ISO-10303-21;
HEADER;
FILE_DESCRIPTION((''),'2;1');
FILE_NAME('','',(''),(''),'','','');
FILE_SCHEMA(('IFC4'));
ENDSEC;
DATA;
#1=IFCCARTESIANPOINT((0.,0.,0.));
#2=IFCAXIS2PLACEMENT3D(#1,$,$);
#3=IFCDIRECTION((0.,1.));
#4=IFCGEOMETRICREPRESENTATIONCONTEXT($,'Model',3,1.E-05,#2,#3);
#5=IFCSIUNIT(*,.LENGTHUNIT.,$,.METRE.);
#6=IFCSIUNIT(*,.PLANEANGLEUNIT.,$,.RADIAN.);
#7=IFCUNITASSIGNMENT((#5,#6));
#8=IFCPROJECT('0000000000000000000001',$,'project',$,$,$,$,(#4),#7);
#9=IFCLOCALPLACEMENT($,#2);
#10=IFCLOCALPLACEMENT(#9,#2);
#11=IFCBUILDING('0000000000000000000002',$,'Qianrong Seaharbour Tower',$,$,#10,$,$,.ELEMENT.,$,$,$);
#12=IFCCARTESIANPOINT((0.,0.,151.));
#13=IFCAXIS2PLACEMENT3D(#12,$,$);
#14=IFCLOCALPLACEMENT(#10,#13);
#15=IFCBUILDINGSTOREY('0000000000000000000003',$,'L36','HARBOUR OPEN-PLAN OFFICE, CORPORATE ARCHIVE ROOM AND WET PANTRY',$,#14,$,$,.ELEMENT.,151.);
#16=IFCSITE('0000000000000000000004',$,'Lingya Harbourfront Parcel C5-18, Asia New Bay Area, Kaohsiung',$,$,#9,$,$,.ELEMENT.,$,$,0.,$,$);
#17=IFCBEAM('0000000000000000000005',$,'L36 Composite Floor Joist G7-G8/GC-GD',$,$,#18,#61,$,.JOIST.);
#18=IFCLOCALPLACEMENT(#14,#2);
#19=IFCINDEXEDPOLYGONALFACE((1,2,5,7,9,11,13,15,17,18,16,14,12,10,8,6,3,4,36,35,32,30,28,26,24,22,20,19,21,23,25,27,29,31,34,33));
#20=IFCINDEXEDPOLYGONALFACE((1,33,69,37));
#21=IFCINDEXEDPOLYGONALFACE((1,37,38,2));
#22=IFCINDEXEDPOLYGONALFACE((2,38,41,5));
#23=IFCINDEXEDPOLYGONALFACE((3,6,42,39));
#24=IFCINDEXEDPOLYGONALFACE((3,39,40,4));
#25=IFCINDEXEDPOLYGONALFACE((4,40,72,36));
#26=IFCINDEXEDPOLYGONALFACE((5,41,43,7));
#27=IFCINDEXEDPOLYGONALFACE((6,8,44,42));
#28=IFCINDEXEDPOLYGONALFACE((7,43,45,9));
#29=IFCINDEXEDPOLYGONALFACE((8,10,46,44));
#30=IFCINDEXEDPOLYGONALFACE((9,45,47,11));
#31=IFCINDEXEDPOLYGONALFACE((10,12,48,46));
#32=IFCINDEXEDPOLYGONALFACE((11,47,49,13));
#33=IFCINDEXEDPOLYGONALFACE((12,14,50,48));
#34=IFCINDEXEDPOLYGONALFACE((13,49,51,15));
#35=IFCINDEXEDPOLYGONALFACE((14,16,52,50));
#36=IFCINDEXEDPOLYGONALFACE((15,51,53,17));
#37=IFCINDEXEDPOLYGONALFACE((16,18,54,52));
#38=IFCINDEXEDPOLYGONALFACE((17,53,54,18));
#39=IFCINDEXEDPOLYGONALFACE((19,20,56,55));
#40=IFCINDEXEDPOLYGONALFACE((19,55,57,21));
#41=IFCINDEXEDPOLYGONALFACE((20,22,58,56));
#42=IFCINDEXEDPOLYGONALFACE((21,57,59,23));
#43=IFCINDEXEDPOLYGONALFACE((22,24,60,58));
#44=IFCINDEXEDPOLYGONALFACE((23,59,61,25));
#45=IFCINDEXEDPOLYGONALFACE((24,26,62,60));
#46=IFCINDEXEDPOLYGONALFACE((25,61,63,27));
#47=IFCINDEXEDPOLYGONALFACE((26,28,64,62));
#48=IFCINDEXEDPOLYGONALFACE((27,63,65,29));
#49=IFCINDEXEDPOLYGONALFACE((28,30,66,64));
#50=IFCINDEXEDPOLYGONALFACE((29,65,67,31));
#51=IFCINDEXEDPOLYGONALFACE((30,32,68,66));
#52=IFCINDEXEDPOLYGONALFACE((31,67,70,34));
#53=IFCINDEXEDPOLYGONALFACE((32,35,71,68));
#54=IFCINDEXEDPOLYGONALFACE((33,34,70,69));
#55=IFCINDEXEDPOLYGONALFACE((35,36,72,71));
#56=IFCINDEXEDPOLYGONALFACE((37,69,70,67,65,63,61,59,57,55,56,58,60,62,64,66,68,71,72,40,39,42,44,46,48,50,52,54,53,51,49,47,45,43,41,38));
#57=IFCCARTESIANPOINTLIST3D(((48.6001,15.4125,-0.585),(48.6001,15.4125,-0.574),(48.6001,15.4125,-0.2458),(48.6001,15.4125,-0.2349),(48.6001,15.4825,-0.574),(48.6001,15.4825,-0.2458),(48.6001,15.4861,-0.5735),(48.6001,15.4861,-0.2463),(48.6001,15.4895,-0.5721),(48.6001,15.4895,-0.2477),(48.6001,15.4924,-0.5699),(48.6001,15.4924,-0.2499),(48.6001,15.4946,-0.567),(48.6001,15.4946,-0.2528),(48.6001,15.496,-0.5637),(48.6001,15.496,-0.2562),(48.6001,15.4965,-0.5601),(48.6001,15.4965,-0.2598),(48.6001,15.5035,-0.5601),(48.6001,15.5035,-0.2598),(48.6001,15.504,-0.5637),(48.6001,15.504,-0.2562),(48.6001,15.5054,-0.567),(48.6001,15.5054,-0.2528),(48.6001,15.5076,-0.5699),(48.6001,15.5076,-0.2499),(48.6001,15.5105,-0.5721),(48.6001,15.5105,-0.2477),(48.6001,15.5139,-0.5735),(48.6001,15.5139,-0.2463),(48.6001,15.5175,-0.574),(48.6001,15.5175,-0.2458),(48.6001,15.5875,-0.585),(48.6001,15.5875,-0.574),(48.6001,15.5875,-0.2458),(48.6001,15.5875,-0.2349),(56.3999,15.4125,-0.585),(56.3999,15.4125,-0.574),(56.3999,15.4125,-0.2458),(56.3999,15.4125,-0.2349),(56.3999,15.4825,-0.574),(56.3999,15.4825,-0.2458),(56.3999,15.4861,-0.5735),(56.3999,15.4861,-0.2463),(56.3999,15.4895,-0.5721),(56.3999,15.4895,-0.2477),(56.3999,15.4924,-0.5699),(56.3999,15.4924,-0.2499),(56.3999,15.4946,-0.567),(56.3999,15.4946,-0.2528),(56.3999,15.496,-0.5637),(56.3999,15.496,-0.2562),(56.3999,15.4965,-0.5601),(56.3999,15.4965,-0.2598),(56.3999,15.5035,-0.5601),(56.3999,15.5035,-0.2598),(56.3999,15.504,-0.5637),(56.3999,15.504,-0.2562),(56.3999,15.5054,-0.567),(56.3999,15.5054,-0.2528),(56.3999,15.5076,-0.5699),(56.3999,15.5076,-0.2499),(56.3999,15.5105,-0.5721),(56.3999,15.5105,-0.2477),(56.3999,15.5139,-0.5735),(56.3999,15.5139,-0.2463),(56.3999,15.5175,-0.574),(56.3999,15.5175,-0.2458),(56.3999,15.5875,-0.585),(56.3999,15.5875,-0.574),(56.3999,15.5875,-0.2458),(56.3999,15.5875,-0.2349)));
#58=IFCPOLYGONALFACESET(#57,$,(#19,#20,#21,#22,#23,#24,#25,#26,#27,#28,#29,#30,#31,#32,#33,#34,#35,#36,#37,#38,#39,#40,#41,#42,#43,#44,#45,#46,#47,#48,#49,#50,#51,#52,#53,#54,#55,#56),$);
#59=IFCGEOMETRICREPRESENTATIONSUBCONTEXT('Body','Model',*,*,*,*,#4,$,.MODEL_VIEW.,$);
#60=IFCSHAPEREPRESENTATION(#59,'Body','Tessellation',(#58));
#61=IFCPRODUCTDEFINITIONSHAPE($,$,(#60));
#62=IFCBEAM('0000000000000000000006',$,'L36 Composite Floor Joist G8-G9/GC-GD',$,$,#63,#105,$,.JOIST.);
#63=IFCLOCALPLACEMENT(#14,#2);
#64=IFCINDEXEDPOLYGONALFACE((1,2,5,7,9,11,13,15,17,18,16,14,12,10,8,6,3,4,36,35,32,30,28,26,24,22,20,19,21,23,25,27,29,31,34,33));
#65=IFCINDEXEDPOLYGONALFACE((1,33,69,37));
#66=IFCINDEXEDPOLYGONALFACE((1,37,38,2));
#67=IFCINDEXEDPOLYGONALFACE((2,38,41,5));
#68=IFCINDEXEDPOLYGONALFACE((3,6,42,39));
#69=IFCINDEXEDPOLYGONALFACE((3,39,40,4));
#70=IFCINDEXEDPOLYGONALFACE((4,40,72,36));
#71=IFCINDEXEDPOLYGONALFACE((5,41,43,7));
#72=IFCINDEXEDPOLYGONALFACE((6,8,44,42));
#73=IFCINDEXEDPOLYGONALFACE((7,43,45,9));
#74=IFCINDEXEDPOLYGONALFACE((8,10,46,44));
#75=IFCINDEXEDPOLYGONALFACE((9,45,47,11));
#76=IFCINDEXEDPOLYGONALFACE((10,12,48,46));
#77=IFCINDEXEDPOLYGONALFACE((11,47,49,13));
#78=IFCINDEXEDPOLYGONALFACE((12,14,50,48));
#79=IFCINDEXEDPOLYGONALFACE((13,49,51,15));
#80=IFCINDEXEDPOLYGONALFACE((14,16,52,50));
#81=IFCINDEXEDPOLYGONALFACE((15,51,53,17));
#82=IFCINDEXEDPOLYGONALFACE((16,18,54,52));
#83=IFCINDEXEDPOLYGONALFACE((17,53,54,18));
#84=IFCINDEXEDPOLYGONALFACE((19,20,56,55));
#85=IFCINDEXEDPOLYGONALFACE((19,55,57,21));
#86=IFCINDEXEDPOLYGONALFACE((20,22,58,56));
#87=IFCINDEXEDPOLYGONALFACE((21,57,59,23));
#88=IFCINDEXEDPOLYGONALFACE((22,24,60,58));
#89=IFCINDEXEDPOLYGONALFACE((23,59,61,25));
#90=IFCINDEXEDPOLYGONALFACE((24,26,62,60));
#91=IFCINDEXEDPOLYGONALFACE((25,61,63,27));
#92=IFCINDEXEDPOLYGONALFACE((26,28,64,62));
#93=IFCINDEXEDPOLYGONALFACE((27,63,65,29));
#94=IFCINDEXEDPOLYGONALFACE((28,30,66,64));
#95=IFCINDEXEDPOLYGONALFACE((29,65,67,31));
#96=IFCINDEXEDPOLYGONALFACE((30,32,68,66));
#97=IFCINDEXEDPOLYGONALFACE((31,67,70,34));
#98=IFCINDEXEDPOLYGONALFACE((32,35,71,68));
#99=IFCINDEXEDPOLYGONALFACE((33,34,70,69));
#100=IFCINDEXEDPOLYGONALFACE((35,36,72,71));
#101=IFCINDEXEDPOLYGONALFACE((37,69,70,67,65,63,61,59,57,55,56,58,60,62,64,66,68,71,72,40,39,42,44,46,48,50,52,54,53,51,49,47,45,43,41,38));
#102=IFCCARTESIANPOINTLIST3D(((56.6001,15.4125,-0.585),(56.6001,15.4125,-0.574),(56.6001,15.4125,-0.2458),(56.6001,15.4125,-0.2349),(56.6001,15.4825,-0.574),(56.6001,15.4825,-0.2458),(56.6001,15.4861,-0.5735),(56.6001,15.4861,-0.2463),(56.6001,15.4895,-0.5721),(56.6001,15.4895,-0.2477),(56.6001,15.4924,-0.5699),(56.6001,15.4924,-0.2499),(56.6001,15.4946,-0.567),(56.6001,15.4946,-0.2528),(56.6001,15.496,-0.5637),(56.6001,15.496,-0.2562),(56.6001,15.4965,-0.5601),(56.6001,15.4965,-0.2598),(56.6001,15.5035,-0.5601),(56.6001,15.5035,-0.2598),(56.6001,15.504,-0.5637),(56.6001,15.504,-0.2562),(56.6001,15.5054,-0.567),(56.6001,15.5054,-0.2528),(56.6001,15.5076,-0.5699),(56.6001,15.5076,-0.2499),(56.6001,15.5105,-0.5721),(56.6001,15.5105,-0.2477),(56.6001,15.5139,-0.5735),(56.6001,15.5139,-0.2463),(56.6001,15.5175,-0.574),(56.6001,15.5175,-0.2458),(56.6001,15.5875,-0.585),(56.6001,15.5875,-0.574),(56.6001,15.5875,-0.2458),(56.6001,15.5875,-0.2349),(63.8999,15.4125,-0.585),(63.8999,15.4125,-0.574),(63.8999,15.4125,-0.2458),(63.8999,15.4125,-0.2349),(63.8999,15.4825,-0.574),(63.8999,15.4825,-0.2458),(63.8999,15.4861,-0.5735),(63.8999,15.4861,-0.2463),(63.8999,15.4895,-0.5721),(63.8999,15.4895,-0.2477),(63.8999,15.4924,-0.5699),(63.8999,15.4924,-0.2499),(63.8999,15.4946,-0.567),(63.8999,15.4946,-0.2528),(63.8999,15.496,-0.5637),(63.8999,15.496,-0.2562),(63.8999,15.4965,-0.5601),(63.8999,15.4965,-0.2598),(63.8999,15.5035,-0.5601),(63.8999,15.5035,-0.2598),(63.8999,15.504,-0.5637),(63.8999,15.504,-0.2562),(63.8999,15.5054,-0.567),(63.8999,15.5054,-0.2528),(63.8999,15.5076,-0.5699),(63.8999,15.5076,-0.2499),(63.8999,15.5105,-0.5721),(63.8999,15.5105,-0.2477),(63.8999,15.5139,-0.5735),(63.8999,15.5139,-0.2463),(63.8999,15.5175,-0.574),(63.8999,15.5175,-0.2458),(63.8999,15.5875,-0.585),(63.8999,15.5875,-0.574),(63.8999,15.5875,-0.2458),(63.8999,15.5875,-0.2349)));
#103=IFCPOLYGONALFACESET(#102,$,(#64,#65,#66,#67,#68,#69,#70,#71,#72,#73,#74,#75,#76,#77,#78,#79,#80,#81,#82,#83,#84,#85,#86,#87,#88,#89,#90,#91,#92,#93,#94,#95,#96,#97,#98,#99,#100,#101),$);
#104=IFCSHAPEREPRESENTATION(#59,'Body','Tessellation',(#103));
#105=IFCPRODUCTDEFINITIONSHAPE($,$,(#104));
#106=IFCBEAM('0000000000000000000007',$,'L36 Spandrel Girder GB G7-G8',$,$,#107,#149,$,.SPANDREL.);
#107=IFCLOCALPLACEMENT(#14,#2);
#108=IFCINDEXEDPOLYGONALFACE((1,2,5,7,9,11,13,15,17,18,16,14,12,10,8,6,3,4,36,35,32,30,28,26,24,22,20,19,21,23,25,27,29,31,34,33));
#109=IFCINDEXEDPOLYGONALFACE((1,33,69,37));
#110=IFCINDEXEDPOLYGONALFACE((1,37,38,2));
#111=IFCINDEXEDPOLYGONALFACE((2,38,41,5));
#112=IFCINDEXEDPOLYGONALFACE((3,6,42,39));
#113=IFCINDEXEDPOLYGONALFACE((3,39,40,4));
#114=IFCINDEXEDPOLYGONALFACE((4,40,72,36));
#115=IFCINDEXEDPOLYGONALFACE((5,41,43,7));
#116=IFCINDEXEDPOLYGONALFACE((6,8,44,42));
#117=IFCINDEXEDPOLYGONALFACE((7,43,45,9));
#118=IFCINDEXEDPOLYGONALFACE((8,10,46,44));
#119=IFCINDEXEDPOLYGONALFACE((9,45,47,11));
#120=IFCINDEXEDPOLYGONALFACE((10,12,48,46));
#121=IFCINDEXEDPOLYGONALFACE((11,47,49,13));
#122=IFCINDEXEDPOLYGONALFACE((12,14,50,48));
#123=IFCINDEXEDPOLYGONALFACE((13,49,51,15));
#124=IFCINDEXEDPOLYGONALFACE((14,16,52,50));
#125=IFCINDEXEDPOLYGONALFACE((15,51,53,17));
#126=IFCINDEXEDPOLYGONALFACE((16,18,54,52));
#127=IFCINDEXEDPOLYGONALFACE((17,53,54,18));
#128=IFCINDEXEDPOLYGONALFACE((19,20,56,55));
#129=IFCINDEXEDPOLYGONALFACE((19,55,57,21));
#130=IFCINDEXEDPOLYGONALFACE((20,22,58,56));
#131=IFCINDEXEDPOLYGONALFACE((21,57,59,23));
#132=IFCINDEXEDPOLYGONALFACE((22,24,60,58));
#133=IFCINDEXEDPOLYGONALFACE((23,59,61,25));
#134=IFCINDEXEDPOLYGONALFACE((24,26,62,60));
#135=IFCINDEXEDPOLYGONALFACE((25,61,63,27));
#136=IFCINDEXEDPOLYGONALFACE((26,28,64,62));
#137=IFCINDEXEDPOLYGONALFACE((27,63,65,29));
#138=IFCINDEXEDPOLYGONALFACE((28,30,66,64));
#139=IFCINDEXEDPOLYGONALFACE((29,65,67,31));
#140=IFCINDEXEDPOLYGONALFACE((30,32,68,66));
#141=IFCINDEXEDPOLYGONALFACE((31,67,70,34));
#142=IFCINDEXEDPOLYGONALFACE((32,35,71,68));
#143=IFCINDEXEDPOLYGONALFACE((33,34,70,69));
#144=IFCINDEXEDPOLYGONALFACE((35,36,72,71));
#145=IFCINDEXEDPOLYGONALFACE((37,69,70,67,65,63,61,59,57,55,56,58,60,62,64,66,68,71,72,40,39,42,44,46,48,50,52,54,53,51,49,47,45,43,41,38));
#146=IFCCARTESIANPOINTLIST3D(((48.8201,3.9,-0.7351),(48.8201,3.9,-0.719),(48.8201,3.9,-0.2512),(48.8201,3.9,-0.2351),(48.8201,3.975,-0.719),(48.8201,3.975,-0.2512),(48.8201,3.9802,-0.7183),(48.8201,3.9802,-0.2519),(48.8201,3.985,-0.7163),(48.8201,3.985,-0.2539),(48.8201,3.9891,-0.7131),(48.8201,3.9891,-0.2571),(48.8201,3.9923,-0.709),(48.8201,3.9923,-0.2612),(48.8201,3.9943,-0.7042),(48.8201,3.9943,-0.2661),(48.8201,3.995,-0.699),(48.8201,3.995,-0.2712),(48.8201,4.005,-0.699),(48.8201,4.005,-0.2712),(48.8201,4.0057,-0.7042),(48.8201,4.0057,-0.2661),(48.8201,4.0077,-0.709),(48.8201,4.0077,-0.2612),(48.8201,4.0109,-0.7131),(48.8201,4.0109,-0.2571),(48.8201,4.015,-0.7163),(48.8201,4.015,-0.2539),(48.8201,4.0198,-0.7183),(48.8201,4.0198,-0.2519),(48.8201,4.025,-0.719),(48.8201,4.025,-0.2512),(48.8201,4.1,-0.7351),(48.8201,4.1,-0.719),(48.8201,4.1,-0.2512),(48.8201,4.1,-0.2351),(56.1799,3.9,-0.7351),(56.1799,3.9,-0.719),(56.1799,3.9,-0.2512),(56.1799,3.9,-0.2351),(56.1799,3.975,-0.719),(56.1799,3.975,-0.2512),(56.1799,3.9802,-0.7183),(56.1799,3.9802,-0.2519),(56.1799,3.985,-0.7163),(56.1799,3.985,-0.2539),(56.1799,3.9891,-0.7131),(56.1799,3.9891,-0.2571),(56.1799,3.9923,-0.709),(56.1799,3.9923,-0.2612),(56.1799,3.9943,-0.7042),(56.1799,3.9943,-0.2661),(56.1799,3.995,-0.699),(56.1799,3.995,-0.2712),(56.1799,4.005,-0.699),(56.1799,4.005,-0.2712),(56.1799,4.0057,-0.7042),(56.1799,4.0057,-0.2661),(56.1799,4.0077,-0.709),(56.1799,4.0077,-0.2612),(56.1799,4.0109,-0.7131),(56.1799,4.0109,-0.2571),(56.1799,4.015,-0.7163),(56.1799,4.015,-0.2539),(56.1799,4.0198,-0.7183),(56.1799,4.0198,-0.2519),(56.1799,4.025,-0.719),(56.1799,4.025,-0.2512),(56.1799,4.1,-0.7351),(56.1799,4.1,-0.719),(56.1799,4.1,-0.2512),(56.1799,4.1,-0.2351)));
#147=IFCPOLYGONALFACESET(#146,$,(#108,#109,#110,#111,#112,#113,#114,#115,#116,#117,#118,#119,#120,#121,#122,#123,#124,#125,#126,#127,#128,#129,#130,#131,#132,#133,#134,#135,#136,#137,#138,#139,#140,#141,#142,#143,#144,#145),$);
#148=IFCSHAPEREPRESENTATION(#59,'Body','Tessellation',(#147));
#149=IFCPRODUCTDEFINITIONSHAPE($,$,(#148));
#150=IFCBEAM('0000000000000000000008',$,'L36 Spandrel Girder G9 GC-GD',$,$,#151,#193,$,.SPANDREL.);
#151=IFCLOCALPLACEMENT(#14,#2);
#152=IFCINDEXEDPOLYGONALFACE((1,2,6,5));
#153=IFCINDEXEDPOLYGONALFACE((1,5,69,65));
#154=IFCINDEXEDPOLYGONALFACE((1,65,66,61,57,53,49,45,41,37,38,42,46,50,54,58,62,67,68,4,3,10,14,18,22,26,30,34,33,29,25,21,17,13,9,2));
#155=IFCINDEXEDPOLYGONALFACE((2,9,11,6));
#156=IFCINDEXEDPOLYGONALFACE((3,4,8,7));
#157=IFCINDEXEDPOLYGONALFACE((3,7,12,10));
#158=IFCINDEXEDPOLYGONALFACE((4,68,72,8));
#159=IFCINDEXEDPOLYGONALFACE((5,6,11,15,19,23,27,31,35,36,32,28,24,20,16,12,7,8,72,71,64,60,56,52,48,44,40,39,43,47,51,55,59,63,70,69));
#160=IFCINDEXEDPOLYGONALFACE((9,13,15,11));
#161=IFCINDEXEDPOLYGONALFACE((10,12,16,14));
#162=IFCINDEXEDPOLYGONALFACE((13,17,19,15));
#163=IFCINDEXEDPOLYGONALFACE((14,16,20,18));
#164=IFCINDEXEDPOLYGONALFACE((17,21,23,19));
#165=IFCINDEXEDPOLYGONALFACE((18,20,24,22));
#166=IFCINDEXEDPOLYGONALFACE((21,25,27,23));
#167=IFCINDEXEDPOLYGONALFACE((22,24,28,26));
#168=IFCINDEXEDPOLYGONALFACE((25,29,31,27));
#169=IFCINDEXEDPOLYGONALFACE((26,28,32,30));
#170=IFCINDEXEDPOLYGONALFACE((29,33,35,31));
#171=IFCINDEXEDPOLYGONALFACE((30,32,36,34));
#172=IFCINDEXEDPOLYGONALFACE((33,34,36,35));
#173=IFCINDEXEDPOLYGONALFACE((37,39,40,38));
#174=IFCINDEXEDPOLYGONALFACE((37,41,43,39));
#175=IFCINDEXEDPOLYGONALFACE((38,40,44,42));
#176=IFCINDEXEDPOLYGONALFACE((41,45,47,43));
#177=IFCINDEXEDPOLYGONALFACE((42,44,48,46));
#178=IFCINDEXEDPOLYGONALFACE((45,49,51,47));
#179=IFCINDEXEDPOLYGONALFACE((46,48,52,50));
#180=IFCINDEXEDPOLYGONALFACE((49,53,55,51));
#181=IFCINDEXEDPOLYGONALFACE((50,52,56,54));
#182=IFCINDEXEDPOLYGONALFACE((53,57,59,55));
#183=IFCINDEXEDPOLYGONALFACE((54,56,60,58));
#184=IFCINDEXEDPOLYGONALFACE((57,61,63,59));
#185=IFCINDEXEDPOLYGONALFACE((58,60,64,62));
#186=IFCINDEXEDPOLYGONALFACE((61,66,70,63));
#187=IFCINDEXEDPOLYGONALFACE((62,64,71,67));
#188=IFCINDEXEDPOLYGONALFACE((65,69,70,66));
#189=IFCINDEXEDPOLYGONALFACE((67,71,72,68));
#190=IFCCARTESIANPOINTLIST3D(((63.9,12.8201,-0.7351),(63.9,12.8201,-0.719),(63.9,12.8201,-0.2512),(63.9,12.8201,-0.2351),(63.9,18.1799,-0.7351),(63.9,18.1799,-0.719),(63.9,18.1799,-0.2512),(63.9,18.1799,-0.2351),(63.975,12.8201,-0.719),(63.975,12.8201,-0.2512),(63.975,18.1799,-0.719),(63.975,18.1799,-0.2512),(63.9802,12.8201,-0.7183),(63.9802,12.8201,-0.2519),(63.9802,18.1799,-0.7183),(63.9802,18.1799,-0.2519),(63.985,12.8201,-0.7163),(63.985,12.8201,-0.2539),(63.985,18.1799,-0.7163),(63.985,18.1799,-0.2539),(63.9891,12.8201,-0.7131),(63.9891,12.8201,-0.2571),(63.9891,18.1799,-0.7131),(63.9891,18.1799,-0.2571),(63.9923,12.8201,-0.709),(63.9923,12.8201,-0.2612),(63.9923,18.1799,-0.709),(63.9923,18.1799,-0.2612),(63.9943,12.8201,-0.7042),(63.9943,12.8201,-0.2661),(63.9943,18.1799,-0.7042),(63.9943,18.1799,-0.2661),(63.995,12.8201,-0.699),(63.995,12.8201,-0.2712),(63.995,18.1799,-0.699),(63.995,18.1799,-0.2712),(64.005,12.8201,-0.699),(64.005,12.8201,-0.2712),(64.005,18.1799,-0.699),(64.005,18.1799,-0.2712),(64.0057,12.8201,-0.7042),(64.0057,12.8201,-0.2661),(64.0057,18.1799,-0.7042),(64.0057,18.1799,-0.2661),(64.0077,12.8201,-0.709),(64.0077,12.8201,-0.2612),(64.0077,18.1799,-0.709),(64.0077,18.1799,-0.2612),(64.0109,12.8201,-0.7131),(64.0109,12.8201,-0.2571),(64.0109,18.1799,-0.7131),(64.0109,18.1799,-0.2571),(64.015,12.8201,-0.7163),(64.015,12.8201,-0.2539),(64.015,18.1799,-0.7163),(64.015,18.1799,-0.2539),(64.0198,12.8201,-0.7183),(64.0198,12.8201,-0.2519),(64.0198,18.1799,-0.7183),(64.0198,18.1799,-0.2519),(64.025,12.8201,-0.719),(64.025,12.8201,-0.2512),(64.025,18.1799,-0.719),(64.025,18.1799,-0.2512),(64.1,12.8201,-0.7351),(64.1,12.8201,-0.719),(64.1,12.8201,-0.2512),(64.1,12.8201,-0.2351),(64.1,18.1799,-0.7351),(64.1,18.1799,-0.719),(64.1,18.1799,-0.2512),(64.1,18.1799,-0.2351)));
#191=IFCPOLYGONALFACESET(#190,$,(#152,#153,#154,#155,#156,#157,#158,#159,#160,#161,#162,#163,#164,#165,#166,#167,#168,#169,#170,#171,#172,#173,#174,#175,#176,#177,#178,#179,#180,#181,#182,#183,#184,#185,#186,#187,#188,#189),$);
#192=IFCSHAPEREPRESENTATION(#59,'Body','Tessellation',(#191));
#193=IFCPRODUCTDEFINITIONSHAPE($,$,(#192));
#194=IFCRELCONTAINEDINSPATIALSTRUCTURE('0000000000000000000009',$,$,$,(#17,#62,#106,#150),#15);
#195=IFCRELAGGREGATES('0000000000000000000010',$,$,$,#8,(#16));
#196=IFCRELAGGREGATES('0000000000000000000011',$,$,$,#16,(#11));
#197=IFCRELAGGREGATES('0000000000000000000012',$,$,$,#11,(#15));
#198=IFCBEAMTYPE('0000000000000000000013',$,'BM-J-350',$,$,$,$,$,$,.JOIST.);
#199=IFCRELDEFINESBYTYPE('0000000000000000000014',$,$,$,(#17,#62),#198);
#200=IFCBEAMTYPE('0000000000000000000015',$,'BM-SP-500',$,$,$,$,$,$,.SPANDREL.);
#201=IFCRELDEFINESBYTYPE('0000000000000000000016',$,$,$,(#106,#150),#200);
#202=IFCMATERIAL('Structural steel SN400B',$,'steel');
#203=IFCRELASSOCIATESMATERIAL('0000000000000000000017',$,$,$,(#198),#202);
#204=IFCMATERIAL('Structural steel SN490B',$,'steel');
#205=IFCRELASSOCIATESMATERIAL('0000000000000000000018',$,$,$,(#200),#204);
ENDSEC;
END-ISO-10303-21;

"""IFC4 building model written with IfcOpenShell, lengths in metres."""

from ifc_helpers import new_model, si_unit, direction, frame, origin, origin_2d, place, context, subcontext, project, spatial, i_section, extrude, material, material_profile, profile_set, type_object, element, save


model = new_model("IFC4")

# Units and contexts
model_context = context("Model", 3, precision=1e-05, world=origin(), true_north=direction((0.0, 1.0)))
body_context = subcontext(model_context, "Body", "Model", "MODEL_VIEW")
ifc_project = project(units=[si_unit("LENGTHUNIT", "METRE"), si_unit("PLANEANGLEUNIT", "RADIAN")], contexts=[model_context])

# Site, building, storey
site_placement = place(None, origin())
site = spatial("IfcSite", under=ifc_project, at=site_placement, Name="Lingya Harbourfront Parcel C5-18, Asia New Bay Area, Kaohsiung", CompositionType="ELEMENT", RefElevation=0.0)
building_placement = place(site_placement, origin())
building = spatial("IfcBuilding", under=site, at=building_placement, Name="Qianrong Seaharbour Tower", CompositionType="ELEMENT")
storey_placement = place(building_placement, frame((0.0, 0.0, 151.0)))
storey = spatial("IfcBuildingStorey", under=building, at=storey_placement, Name="L36", Description="HARBOUR OPEN-PLAN OFFICE, CORPORATE ARCHIVE ROOM AND WET PANTRY", CompositionType="ELEMENT", Elevation=151.0)

# Shared definitions
ifc_material_1 = material(Name="Structural steel SN490B", Category="steel")

# Beams
ifc_material_2 = material(Name="Structural steel SN400B", Category="steel")
ifc_material_profile_1 = material_profile(ifc_material_2, i_section(OverallWidth=0.175, OverallDepth=0.3501, WebThickness=0.0071, FlangeThickness=0.011, FilletRadius=0.0139, at=origin_2d()), Name="H350x175x7x11")
ifc_profile_set_1 = profile_set([ifc_material_profile_1], Name="Structural steel SN400B")
beam_type_1 = type_object("IfcBeamType", Name="BM-J-350", PredefinedType="JOIST", material=ifc_profile_set_1)
for number, where, z_axis, x_axis, name in (
    (1, (48.6001, 15.5, -0.4099), (1.0, 0.0, 0.0), (0.0, 1.0, 0.0), "L36 Composite Floor Joist G7-G8/GC-GD"),
):
    element("IfcBeam", number, at=place(storey_placement, frame(where, z_axis=z_axis, x_axis=x_axis)), inside=storey, type_object=beam_type_1, Name=name, PredefinedType="JOIST", context=body_context, shape_type="SweptSolid", body=[
        extrude(i_section(OverallWidth=0.175, OverallDepth=0.3501, WebThickness=0.0071, FlangeThickness=0.011, FilletRadius=0.0139, at=origin_2d()), origin(), (0.0, 0.0, 1.0), 7.7998),
    ])
beam_1_placement = place(storey_placement, frame((56.6001, 15.5, -0.4099), z_axis=(1.0, 0.0, 0.0), x_axis=(0.0, 1.0, 0.0)))
element("IfcBeam", 2, at=beam_1_placement, inside=storey, type_object=beam_type_1, Name="L36 Composite Floor Joist G8-G9/GC-GD", PredefinedType="JOIST", context=body_context, shape_type="SweptSolid", body=[
    extrude(i_section(OverallWidth=0.175, OverallDepth=0.3501, WebThickness=0.0071, FlangeThickness=0.011, FilletRadius=0.0139, at=origin_2d()), origin(), (0.0, 0.0, 1.0), 7.2998),
])
ifc_material_profile_2 = material_profile(ifc_material_1, i_section(OverallWidth=0.2, OverallDepth=0.5, WebThickness=0.01, FlangeThickness=0.0161, FilletRadius=0.02, at=origin_2d()), Name="H500x200x10x16")
ifc_profile_set_2 = profile_set([ifc_material_profile_2], Name="Structural steel SN490B")
beam_type_2 = type_object("IfcBeamType", Name="BM-SP-500", PredefinedType="SPANDREL", material=ifc_profile_set_2)
beam_2_placement = place(storey_placement, frame((48.8201, 4.0, -0.4851), z_axis=(1.0, 0.0, 0.0), x_axis=(0.0, 1.0, 0.0)))
element("IfcBeam", 3, at=beam_2_placement, inside=storey, type_object=beam_type_2, Name="L36 Spandrel Girder GB G7-G8", PredefinedType="SPANDREL", context=body_context, shape_type="SweptSolid", body=[
    extrude(i_section(OverallWidth=0.2, OverallDepth=0.5, WebThickness=0.01, FlangeThickness=0.0161, FilletRadius=0.02, at=origin_2d()), origin(), (0.0, 0.0, 1.0), 7.3599),
])
beam_3_placement = place(storey_placement, frame((64.0, 12.8201, -0.4851), z_axis=(0.0, 1.0, 0.0), x_axis=(-1.0, 0.0, 0.0)))
element("IfcBeam", 4, at=beam_3_placement, inside=storey, type_object=beam_type_2, Name="L36 Spandrel Girder G9 GC-GD", PredefinedType="SPANDREL", context=body_context, shape_type="SweptSolid", body=[
    extrude(i_section(OverallWidth=0.2, OverallDepth=0.5, WebThickness=0.01, FlangeThickness=0.0161, FilletRadius=0.02, at=origin_2d()), origin(), (0.0, 0.0, 1.0), 5.3599),
])

save(model, "model.ifc")
